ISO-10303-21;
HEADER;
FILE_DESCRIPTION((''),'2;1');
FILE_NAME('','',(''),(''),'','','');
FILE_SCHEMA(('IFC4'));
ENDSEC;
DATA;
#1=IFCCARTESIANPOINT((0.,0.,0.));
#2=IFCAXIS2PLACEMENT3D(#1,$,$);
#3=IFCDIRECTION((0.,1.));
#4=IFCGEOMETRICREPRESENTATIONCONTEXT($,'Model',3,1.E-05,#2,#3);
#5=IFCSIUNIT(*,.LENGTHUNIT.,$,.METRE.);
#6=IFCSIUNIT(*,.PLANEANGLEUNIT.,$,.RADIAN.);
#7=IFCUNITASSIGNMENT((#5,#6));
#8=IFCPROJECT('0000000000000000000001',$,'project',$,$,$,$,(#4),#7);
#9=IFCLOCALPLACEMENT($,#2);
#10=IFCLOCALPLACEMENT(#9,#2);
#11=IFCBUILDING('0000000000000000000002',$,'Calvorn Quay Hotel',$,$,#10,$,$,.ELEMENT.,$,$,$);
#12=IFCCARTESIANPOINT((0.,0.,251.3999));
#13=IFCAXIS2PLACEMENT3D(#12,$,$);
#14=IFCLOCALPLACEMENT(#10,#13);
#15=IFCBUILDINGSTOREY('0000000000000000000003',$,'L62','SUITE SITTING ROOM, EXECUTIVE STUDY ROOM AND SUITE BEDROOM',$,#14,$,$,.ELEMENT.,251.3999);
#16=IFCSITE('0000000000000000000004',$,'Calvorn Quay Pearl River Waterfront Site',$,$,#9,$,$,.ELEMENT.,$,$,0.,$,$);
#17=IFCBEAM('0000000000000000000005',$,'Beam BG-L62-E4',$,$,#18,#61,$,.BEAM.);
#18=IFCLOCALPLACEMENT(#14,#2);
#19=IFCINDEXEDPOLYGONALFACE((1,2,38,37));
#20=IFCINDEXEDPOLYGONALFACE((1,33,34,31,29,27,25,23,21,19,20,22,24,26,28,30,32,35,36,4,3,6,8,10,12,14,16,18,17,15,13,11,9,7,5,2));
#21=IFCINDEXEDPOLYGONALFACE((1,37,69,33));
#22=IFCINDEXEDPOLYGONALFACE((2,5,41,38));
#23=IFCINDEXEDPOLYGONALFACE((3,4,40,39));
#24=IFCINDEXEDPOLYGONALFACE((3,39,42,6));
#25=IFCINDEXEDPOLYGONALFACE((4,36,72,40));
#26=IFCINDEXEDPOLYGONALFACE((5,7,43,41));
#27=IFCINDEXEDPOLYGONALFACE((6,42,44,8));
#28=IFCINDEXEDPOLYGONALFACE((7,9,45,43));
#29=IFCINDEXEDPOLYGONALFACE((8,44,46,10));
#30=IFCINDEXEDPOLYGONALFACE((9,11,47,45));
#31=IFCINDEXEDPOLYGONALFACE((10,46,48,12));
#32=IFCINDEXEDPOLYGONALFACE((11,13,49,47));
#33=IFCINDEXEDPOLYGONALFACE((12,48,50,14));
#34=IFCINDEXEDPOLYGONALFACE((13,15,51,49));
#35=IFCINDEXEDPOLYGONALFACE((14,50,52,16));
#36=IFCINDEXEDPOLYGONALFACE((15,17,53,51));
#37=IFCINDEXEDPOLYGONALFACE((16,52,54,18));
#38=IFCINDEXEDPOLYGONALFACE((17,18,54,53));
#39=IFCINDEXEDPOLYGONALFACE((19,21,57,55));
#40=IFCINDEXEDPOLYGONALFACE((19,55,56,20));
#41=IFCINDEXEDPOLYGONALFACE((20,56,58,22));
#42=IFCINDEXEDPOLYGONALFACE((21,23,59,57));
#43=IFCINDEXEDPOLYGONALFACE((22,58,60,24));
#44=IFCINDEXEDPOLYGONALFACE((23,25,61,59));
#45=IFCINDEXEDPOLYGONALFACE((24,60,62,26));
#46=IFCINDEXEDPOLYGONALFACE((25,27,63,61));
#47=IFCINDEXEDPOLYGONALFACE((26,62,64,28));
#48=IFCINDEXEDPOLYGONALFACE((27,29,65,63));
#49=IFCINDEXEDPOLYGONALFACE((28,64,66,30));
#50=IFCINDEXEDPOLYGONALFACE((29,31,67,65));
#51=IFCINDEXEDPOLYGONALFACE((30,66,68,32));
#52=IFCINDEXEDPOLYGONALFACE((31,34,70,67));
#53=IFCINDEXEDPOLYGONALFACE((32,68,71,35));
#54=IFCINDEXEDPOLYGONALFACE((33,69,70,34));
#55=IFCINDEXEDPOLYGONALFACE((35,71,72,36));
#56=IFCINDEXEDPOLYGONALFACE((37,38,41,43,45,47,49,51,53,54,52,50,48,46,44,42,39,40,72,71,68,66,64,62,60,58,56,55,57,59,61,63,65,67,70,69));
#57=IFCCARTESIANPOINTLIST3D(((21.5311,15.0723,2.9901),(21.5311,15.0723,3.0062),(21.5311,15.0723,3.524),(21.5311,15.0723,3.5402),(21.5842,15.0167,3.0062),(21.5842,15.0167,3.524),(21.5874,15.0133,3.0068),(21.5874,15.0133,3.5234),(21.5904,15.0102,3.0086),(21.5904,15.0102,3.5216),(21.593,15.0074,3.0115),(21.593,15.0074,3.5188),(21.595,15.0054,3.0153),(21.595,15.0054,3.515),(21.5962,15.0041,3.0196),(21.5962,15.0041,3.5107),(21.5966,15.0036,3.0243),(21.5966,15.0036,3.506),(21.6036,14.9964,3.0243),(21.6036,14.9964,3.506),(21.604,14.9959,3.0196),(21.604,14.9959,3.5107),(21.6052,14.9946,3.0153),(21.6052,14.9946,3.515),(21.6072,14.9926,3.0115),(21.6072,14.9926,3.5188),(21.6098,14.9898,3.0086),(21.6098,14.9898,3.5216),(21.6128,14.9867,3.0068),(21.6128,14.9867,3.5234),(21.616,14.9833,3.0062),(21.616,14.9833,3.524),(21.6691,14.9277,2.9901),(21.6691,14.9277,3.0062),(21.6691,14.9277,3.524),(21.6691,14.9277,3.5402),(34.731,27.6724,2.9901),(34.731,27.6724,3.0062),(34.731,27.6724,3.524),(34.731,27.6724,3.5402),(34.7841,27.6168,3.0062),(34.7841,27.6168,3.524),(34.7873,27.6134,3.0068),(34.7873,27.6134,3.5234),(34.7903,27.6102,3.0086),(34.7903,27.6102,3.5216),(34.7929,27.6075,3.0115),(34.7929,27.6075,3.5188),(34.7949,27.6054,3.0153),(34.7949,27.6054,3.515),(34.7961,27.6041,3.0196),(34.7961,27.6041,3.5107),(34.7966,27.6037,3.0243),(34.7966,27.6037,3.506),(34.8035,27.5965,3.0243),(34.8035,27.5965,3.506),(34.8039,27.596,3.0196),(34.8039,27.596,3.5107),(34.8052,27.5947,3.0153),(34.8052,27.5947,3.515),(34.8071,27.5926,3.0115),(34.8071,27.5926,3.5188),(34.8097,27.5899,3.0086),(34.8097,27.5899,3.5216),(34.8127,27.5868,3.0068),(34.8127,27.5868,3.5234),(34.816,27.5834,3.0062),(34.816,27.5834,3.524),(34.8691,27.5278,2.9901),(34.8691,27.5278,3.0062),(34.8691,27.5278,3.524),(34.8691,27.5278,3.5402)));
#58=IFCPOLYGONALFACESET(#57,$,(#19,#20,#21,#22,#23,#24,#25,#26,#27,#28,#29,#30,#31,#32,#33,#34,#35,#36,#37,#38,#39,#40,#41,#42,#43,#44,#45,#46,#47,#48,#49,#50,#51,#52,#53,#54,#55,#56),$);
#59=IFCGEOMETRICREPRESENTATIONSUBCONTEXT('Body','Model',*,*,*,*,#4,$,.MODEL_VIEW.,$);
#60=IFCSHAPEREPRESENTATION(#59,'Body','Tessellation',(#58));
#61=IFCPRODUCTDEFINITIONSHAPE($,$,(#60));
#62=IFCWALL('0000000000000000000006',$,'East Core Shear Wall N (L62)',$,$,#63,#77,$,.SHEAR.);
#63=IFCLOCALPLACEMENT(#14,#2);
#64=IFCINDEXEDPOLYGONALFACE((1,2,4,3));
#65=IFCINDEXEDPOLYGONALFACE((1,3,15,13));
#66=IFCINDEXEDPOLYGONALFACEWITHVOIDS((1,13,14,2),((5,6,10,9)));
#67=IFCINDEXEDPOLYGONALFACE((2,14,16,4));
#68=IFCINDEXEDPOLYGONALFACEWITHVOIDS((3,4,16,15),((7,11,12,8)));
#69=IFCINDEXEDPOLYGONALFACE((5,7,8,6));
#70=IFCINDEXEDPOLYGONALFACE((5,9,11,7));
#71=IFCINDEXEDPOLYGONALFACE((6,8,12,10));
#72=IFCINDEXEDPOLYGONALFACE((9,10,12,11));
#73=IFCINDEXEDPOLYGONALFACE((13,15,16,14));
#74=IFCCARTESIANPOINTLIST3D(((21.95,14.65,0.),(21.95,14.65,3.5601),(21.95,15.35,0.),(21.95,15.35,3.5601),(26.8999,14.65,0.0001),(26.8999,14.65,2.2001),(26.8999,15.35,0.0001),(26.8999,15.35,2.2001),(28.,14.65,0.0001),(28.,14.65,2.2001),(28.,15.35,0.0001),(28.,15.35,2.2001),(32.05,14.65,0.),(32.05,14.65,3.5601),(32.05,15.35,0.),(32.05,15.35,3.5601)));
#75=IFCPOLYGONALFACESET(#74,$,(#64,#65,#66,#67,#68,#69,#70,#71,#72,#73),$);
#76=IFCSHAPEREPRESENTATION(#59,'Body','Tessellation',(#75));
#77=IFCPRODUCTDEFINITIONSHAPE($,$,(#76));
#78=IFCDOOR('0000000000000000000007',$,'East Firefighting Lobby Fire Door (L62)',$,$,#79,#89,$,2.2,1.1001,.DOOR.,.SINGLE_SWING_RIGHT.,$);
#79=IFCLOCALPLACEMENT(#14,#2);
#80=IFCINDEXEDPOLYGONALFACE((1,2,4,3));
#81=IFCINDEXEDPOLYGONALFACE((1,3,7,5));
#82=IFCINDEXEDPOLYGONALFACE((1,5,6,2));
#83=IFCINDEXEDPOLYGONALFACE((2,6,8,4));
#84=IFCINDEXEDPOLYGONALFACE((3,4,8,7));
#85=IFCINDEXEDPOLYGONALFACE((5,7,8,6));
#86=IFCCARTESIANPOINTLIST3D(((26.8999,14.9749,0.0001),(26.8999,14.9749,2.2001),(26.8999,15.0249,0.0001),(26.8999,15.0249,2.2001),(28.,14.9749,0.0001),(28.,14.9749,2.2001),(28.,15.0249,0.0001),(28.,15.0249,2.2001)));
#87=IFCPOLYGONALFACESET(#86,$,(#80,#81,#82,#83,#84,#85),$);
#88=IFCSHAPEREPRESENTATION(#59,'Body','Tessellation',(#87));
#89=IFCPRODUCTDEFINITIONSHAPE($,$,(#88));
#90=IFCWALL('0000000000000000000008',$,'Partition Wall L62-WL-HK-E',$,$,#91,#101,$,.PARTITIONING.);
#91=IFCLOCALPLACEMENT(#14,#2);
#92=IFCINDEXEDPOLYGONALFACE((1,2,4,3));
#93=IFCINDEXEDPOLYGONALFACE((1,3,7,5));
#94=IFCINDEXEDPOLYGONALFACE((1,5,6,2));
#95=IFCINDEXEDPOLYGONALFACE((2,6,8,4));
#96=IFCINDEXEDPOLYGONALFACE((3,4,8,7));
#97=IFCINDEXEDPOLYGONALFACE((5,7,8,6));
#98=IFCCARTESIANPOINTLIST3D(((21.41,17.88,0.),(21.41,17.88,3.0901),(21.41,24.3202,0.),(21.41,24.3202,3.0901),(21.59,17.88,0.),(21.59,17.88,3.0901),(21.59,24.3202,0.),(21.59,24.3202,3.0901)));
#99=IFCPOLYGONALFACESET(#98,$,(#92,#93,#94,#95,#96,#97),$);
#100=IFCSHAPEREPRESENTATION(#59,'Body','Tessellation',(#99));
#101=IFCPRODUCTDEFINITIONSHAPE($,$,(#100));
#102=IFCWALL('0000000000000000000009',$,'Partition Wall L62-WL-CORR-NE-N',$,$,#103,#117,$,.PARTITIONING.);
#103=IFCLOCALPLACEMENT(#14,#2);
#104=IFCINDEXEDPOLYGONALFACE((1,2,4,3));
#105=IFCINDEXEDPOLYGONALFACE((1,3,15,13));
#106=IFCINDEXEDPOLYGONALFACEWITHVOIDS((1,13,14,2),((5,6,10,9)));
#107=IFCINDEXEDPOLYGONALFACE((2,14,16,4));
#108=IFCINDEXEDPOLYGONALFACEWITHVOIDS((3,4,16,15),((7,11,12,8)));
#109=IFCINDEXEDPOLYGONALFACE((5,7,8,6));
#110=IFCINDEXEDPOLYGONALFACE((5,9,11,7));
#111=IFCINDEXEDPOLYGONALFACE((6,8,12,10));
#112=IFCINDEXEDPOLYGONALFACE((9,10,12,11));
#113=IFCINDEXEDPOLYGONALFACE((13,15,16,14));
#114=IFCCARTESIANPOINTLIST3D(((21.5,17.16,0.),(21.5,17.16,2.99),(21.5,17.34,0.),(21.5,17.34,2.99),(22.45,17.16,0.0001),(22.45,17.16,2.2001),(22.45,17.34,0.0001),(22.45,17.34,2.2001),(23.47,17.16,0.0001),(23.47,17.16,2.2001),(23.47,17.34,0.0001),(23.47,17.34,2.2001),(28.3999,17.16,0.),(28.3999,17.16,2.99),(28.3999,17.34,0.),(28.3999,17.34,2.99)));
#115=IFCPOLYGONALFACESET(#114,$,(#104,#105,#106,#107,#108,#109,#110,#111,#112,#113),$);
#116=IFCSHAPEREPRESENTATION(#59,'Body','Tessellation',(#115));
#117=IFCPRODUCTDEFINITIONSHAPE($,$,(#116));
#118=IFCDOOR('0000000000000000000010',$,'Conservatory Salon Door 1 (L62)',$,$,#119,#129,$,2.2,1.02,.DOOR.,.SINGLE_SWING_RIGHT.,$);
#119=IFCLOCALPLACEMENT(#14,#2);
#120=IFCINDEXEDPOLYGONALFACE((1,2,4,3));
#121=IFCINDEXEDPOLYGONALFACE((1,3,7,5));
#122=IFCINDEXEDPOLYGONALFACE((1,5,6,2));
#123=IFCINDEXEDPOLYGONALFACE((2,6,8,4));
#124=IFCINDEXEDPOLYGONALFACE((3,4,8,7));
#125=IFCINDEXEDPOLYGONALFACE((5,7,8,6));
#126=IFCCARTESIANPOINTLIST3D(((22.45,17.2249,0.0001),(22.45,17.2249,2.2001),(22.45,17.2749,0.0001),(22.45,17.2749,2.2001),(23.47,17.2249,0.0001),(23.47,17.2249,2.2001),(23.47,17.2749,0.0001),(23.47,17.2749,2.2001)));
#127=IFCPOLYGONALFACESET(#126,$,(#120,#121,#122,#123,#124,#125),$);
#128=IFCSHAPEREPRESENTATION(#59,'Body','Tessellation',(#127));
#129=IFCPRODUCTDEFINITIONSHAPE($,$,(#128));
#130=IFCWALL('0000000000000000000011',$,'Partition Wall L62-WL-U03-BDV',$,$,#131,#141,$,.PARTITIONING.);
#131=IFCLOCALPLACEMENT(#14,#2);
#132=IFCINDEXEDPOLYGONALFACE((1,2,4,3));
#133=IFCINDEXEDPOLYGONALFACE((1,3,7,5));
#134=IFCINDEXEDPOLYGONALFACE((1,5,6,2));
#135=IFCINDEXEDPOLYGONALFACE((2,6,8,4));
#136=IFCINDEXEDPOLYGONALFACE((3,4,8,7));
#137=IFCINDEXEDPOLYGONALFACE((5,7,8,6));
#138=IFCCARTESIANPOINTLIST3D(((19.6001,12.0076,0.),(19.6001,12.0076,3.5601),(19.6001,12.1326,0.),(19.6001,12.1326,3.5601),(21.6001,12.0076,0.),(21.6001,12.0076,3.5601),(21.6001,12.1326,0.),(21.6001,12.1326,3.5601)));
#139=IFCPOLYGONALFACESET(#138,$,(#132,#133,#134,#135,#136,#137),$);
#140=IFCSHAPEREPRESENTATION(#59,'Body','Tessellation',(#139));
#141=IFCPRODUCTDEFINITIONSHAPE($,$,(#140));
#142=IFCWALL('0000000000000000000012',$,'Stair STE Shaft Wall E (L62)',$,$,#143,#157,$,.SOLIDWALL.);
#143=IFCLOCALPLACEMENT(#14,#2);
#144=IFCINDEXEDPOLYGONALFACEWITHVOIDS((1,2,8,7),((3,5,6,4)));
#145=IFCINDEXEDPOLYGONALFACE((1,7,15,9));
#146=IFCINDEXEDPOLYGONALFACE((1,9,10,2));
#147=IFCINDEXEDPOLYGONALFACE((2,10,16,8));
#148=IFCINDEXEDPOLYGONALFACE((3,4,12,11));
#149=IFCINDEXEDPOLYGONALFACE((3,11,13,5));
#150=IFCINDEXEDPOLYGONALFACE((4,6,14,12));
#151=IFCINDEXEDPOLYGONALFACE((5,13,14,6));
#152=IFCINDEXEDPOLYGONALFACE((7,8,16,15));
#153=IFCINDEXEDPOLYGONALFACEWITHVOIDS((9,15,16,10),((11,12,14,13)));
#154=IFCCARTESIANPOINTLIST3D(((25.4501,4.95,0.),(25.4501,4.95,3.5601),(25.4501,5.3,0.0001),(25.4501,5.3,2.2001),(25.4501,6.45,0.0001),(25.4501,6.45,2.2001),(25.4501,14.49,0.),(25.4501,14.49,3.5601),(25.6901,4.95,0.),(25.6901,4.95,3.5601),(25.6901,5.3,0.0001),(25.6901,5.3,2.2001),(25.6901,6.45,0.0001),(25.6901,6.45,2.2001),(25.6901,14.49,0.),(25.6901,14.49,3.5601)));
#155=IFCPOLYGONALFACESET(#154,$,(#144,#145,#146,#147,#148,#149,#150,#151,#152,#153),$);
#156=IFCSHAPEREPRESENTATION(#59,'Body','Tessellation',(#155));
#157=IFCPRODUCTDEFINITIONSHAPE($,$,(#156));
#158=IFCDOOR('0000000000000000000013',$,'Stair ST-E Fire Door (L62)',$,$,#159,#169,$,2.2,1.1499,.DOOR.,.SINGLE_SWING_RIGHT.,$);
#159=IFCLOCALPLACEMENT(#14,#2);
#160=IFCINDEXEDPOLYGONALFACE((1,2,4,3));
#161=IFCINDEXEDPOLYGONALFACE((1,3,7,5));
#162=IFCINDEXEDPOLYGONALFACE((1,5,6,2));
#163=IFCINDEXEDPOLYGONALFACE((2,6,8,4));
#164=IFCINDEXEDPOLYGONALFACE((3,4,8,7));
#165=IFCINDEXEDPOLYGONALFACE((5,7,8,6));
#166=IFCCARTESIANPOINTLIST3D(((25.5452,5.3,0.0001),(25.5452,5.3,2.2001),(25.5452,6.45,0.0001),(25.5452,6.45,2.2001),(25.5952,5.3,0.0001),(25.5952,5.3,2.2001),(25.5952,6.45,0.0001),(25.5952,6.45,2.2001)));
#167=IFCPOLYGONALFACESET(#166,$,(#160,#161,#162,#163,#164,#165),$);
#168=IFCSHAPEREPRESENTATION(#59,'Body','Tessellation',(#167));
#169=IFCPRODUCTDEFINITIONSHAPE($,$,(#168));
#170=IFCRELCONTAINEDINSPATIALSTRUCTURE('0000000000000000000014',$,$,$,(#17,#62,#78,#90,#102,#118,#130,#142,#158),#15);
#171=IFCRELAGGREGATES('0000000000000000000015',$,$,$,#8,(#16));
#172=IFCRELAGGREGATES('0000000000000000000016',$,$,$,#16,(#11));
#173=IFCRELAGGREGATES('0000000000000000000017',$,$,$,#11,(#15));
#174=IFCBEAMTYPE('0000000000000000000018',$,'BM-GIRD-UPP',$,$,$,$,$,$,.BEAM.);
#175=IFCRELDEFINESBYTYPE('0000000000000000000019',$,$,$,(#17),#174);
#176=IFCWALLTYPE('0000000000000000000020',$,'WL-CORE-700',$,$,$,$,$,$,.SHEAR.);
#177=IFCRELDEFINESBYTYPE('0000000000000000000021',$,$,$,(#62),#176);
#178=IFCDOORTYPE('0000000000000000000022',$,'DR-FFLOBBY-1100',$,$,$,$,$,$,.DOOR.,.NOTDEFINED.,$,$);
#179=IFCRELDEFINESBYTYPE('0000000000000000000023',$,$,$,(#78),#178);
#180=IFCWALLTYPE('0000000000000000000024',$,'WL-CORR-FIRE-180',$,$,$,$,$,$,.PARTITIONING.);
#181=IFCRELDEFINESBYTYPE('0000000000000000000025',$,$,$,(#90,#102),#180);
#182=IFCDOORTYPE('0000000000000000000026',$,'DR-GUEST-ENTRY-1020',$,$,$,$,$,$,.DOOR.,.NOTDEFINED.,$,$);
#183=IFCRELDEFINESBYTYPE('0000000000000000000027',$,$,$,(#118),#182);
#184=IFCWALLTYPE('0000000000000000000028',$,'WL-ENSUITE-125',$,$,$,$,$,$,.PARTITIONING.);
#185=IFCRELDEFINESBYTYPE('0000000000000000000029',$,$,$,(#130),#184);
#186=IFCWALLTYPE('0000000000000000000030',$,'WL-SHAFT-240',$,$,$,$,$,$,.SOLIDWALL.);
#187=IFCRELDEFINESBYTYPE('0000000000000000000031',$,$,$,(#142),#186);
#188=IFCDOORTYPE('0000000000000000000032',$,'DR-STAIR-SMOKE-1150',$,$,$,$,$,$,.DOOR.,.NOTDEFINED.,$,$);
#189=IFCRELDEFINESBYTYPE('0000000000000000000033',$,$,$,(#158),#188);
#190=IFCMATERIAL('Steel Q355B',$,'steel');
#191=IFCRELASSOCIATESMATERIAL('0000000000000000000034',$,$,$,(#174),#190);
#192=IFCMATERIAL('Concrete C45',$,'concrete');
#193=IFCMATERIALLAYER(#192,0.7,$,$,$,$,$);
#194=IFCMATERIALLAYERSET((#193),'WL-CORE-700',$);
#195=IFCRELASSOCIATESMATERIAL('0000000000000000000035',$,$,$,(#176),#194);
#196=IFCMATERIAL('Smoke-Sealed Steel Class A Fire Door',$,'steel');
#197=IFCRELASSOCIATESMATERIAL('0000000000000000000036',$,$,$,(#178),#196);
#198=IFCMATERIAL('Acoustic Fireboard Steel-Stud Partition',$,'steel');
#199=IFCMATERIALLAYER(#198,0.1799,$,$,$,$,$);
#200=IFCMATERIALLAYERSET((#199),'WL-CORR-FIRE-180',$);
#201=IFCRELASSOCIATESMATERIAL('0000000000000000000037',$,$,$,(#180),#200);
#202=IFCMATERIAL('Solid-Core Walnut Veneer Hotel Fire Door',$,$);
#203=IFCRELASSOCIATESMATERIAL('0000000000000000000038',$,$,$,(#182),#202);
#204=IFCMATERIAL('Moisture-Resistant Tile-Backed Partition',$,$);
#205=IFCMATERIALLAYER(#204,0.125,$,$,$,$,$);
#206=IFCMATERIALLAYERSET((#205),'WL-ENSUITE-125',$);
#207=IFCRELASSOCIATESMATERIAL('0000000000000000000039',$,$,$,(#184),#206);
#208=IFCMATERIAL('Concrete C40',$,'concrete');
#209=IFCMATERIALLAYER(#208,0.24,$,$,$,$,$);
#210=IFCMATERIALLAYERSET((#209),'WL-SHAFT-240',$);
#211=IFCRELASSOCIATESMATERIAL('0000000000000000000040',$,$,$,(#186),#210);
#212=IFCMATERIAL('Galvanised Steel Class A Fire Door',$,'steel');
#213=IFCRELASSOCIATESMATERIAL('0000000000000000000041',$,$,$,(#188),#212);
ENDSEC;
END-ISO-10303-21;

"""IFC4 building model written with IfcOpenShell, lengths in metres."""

from ifc_helpers import new_model, si_unit, direction, frame, frame_2d, origin, origin_2d, place, context, subcontext, project, spatial, rectangle, i_section, extrude, material, layer, layer_set, material_profile, profile_set, type_object, element, fill, save


model = new_model("IFC4")

# Units and contexts
model_context = context("Model", 3, precision=1e-05, world=origin(), true_north=direction((0.0, 1.0)))
body_context = subcontext(model_context, "Body", "Model", "MODEL_VIEW")
ifc_project = project(units=[si_unit("LENGTHUNIT", "METRE"), si_unit("PLANEANGLEUNIT", "RADIAN")], contexts=[model_context])

# Site, building, storey
site_placement = place(None, origin())
site = spatial("IfcSite", under=ifc_project, at=site_placement, Name="Calvorn Quay Pearl River Waterfront Site", CompositionType="ELEMENT", RefElevation=0.0)
building_placement = place(site_placement, origin())
building = spatial("IfcBuilding", under=site, at=building_placement, Name="Calvorn Quay Hotel", CompositionType="ELEMENT")
storey_placement = place(building_placement, frame((0.0, 0.0, 251.3999)))
storey = spatial("IfcBuildingStorey", under=building, at=storey_placement, Name="L62", Description="SUITE SITTING ROOM, EXECUTIVE STUDY ROOM AND SUITE BEDROOM", CompositionType="ELEMENT", Elevation=251.3999)

# Beam
ifc_material_1 = material(Name="Steel Q355B", Category="steel")
ifc_material_profile = material_profile(ifc_material_1, i_section(OverallWidth=0.2, OverallDepth=0.55, WebThickness=0.01, FlangeThickness=0.0161, FilletRadius=0.0181, at=origin_2d()), Name="HN550x200x10x16")
ifc_profile_set = profile_set([ifc_material_profile], Name="Steel Q355B")
beam_type = type_object("IfcBeamType", Name="BM-GIRD-UPP", PredefinedType="BEAM", material=ifc_profile_set)
beam_placement = place(storey_placement, frame((21.6001, 15.0, 3.2651), z_axis=(0.723352, 0.69048, 0.0), x_axis=(-0.69048, 0.723352, 0.0)))
element("IfcBeam", 1, at=beam_placement, inside=storey, type_object=beam_type, Name="Beam BG-L62-E4", PredefinedType="BEAM", context=body_context, shape_type="SweptSolid", body=[
    extrude(i_section(OverallWidth=0.2, OverallDepth=0.55, WebThickness=0.01, FlangeThickness=0.0161, FilletRadius=0.0181, at=origin_2d()), origin(), (0.0, 0.0, 1.0), 18.2483),
])

# Wall, opening, door
ifc_material_2 = material(Name="Concrete C45", Category="concrete")
ifc_layer_1 = layer(ifc_material_2, 0.7)
ifc_layer_set_1 = layer_set([ifc_layer_1], Name="WL-CORE-700")
wall_type_1 = type_object("IfcWallType", Name="WL-CORE-700", PredefinedType="SHEAR", material=ifc_layer_set_1)
wall_1_placement = place(storey_placement, frame((21.95, 15.0, 0.0), z_axis=(0.0, 0.0, 1.0), x_axis=(1.0, 0.0, 0.0)))
wall_1 = element("IfcWall", 2, at=wall_1_placement, inside=storey, type_object=wall_type_1, Name="East Core Shear Wall N (L62)", PredefinedType="SHEAR", context=body_context, shape_type="SweptSolid", body=[
    extrude(rectangle(XDim=10.1001, YDim=0.7, at=frame_2d((5.05, 0.0))), origin(), (0.0, 0.0, 1.0), 3.5601),
])
opening_1_placement = place(wall_1_placement, frame((4.95, 0.0, 0.0)))
opening_1 = element("IfcOpeningElement", 3, at=opening_1_placement, cuts=wall_1, PredefinedType="OPENING", context=body_context, shape_type="SweptSolid", body=[
    extrude(rectangle(XDim=1.1001, YDim=2.2, at=frame_2d((0.55, 1.1001))), frame((0.0, 0.3599, 0.0), z_axis=(0.0, -1.0, 0.0), x_axis=(1.0, 0.0, 0.0)), (0.0, 0.0, 1.0), 0.72),
])
ifc_material_3 = material(Name="Smoke-Sealed Steel Class A Fire Door", Category="steel")
door_type_1 = type_object("IfcDoorType", Name="DR-FFLOBBY-1100", OperationType="NOTDEFINED", PredefinedType="DOOR", material=ifc_material_3)
door_1_placement = place(opening_1_placement, origin())
door_1 = element("IfcDoor", 4, at=door_1_placement, inside=storey, type_object=door_type_1, Name="East Firefighting Lobby Fire Door (L62)", OperationType="SINGLE_SWING_RIGHT", OverallHeight=2.2, OverallWidth=1.1001, PredefinedType="DOOR", context=body_context, shape_type="SweptSolid", body=[
    extrude(rectangle(XDim=1.1001, YDim=2.2, at=frame_2d((0.55, 1.1001))), frame((0.0, 0.0249, 0.0), z_axis=(0.0, -1.0, 0.0), x_axis=(1.0, 0.0, 0.0)), (0.0, 0.0, 1.0), 0.05),
])
fill(opening_1, door_1)

# Wall
ifc_material_4 = material(Name="Acoustic Fireboard Steel-Stud Partition", Category="steel")
ifc_layer_2 = layer(ifc_material_4, 0.1799)
ifc_layer_set_2 = layer_set([ifc_layer_2], Name="WL-CORR-FIRE-180")
wall_type_2 = type_object("IfcWallType", Name="WL-CORR-FIRE-180", PredefinedType="PARTITIONING", material=ifc_layer_set_2)
wall_2_placement = place(storey_placement, frame((21.5, 17.8799, 0.0), z_axis=(0.0, 0.0, 1.0), x_axis=(0.0, 1.0, 0.0)))
element("IfcWall", 5, at=wall_2_placement, inside=storey, type_object=wall_type_2, Name="Partition Wall L62-WL-HK-E", PredefinedType="PARTITIONING", context=body_context, shape_type="SweptSolid", body=[
    extrude(rectangle(XDim=6.4402, YDim=0.1799, at=frame_2d((3.2202, 0.0))), origin(), (0.0, 0.0, 1.0), 3.0901),
])

# Wall, opening, door
wall_3_placement = place(storey_placement, frame((21.5, 17.25, 0.0), z_axis=(0.0, 0.0, 1.0), x_axis=(1.0, 0.0, 0.0)))
wall_3 = element("IfcWall", 6, at=wall_3_placement, inside=storey, type_object=wall_type_2, Name="Partition Wall L62-WL-CORR-NE-N", PredefinedType="PARTITIONING", context=body_context, shape_type="SweptSolid", body=[
    extrude(rectangle(XDim=6.8999, YDim=0.1799, at=frame_2d((3.45, 0.0))), origin(), (0.0, 0.0, 1.0), 2.99),
])
opening_2_placement = place(wall_3_placement, frame((0.95, 0.0, 0.0)))
opening_2 = element("IfcOpeningElement", 7, at=opening_2_placement, cuts=wall_3, PredefinedType="OPENING", context=body_context, shape_type="SweptSolid", body=[
    extrude(rectangle(XDim=1.02, YDim=2.2, at=frame_2d((0.51, 1.1001))), frame((0.0, 0.0999, 0.0), z_axis=(0.0, -1.0, 0.0), x_axis=(1.0, 0.0, 0.0)), (0.0, 0.0, 1.0), 0.2),
])
ifc_material_5 = material(Name="Solid-Core Walnut Veneer Hotel Fire Door")
door_type_2 = type_object("IfcDoorType", Name="DR-GUEST-ENTRY-1020", OperationType="NOTDEFINED", PredefinedType="DOOR", material=ifc_material_5)
door_2_placement = place(opening_2_placement, origin())
door_2 = element("IfcDoor", 8, at=door_2_placement, inside=storey, type_object=door_type_2, Name="Conservatory Salon Door 1 (L62)", OperationType="SINGLE_SWING_RIGHT", OverallHeight=2.2, OverallWidth=1.02, PredefinedType="DOOR", context=body_context, shape_type="SweptSolid", body=[
    extrude(rectangle(XDim=1.02, YDim=2.2, at=frame_2d((0.51, 1.1001))), frame((0.0, 0.0249, 0.0), z_axis=(0.0, -1.0, 0.0), x_axis=(1.0, 0.0, 0.0)), (0.0, 0.0, 1.0), 0.05),
])
fill(opening_2, door_2)

# Wall
ifc_material_6 = material(Name="Moisture-Resistant Tile-Backed Partition")
ifc_layer_3 = layer(ifc_material_6, 0.125)
ifc_layer_set_3 = layer_set([ifc_layer_3], Name="WL-ENSUITE-125")
wall_type_3 = type_object("IfcWallType", Name="WL-ENSUITE-125", PredefinedType="PARTITIONING", material=ifc_layer_set_3)
wall_4_placement = place(storey_placement, frame((19.6001, 12.0701, 0.0), z_axis=(0.0, 0.0, 1.0), x_axis=(1.0, 0.0, 0.0)))
element("IfcWall", 9, at=wall_4_placement, inside=storey, type_object=wall_type_3, Name="Partition Wall L62-WL-U03-BDV", PredefinedType="PARTITIONING", context=body_context, shape_type="SweptSolid", body=[
    extrude(rectangle(XDim=2.0, YDim=0.125, at=frame_2d((1.0, 0.0))), origin(), (0.0, 0.0, 1.0), 3.5601),
])

# Wall, opening, door
ifc_material_7 = material(Name="Concrete C40", Category="concrete")
ifc_layer_4 = layer(ifc_material_7, 0.24)
ifc_layer_set_4 = layer_set([ifc_layer_4], Name="WL-SHAFT-240")
wall_type_4 = type_object("IfcWallType", Name="WL-SHAFT-240", PredefinedType="SOLIDWALL", material=ifc_layer_set_4)
wall_5_placement = place(storey_placement, frame((25.5701, 4.95, 0.0), z_axis=(0.0, 0.0, 1.0), x_axis=(0.0, 1.0, 0.0)))
wall_5 = element("IfcWall", 10, at=wall_5_placement, inside=storey, type_object=wall_type_4, Name="Stair STE Shaft Wall E (L62)", PredefinedType="SOLIDWALL", context=body_context, shape_type="SweptSolid", body=[
    extrude(rectangle(XDim=9.54, YDim=0.24, at=frame_2d((4.77, 0.0))), origin(), (0.0, 0.0, 1.0), 3.5601),
])
opening_3_placement = place(wall_5_placement, frame((0.3501, 0.0, 0.0)))
opening_3 = element("IfcOpeningElement", 11, at=opening_3_placement, cuts=wall_5, PredefinedType="OPENING", context=body_context, shape_type="SweptSolid", body=[
    extrude(rectangle(XDim=1.1499, YDim=2.2, at=frame_2d((0.575, 1.1001))), frame((0.0, 0.1299, 0.0), z_axis=(0.0, -1.0, 0.0), x_axis=(1.0, 0.0, 0.0)), (0.0, 0.0, 1.0), 0.26),
])
ifc_material_8 = material(Name="Galvanised Steel Class A Fire Door", Category="steel")
door_type_3 = type_object("IfcDoorType", Name="DR-STAIR-SMOKE-1150", OperationType="NOTDEFINED", PredefinedType="DOOR", material=ifc_material_8)
door_3_placement = place(opening_3_placement, origin())
door_3 = element("IfcDoor", 12, at=door_3_placement, inside=storey, type_object=door_type_3, Name="Stair ST-E Fire Door (L62)", OperationType="SINGLE_SWING_RIGHT", OverallHeight=2.2, OverallWidth=1.1499, PredefinedType="DOOR", context=body_context, shape_type="SweptSolid", body=[
    extrude(rectangle(XDim=1.1499, YDim=2.2, at=frame_2d((0.575, 1.1001))), frame((0.0, 0.0249, 0.0), z_axis=(0.0, -1.0, 0.0), x_axis=(1.0, 0.0, 0.0)), (0.0, 0.0, 1.0), 0.05),
])
fill(opening_3, door_3)

save(model, "model.ifc")
